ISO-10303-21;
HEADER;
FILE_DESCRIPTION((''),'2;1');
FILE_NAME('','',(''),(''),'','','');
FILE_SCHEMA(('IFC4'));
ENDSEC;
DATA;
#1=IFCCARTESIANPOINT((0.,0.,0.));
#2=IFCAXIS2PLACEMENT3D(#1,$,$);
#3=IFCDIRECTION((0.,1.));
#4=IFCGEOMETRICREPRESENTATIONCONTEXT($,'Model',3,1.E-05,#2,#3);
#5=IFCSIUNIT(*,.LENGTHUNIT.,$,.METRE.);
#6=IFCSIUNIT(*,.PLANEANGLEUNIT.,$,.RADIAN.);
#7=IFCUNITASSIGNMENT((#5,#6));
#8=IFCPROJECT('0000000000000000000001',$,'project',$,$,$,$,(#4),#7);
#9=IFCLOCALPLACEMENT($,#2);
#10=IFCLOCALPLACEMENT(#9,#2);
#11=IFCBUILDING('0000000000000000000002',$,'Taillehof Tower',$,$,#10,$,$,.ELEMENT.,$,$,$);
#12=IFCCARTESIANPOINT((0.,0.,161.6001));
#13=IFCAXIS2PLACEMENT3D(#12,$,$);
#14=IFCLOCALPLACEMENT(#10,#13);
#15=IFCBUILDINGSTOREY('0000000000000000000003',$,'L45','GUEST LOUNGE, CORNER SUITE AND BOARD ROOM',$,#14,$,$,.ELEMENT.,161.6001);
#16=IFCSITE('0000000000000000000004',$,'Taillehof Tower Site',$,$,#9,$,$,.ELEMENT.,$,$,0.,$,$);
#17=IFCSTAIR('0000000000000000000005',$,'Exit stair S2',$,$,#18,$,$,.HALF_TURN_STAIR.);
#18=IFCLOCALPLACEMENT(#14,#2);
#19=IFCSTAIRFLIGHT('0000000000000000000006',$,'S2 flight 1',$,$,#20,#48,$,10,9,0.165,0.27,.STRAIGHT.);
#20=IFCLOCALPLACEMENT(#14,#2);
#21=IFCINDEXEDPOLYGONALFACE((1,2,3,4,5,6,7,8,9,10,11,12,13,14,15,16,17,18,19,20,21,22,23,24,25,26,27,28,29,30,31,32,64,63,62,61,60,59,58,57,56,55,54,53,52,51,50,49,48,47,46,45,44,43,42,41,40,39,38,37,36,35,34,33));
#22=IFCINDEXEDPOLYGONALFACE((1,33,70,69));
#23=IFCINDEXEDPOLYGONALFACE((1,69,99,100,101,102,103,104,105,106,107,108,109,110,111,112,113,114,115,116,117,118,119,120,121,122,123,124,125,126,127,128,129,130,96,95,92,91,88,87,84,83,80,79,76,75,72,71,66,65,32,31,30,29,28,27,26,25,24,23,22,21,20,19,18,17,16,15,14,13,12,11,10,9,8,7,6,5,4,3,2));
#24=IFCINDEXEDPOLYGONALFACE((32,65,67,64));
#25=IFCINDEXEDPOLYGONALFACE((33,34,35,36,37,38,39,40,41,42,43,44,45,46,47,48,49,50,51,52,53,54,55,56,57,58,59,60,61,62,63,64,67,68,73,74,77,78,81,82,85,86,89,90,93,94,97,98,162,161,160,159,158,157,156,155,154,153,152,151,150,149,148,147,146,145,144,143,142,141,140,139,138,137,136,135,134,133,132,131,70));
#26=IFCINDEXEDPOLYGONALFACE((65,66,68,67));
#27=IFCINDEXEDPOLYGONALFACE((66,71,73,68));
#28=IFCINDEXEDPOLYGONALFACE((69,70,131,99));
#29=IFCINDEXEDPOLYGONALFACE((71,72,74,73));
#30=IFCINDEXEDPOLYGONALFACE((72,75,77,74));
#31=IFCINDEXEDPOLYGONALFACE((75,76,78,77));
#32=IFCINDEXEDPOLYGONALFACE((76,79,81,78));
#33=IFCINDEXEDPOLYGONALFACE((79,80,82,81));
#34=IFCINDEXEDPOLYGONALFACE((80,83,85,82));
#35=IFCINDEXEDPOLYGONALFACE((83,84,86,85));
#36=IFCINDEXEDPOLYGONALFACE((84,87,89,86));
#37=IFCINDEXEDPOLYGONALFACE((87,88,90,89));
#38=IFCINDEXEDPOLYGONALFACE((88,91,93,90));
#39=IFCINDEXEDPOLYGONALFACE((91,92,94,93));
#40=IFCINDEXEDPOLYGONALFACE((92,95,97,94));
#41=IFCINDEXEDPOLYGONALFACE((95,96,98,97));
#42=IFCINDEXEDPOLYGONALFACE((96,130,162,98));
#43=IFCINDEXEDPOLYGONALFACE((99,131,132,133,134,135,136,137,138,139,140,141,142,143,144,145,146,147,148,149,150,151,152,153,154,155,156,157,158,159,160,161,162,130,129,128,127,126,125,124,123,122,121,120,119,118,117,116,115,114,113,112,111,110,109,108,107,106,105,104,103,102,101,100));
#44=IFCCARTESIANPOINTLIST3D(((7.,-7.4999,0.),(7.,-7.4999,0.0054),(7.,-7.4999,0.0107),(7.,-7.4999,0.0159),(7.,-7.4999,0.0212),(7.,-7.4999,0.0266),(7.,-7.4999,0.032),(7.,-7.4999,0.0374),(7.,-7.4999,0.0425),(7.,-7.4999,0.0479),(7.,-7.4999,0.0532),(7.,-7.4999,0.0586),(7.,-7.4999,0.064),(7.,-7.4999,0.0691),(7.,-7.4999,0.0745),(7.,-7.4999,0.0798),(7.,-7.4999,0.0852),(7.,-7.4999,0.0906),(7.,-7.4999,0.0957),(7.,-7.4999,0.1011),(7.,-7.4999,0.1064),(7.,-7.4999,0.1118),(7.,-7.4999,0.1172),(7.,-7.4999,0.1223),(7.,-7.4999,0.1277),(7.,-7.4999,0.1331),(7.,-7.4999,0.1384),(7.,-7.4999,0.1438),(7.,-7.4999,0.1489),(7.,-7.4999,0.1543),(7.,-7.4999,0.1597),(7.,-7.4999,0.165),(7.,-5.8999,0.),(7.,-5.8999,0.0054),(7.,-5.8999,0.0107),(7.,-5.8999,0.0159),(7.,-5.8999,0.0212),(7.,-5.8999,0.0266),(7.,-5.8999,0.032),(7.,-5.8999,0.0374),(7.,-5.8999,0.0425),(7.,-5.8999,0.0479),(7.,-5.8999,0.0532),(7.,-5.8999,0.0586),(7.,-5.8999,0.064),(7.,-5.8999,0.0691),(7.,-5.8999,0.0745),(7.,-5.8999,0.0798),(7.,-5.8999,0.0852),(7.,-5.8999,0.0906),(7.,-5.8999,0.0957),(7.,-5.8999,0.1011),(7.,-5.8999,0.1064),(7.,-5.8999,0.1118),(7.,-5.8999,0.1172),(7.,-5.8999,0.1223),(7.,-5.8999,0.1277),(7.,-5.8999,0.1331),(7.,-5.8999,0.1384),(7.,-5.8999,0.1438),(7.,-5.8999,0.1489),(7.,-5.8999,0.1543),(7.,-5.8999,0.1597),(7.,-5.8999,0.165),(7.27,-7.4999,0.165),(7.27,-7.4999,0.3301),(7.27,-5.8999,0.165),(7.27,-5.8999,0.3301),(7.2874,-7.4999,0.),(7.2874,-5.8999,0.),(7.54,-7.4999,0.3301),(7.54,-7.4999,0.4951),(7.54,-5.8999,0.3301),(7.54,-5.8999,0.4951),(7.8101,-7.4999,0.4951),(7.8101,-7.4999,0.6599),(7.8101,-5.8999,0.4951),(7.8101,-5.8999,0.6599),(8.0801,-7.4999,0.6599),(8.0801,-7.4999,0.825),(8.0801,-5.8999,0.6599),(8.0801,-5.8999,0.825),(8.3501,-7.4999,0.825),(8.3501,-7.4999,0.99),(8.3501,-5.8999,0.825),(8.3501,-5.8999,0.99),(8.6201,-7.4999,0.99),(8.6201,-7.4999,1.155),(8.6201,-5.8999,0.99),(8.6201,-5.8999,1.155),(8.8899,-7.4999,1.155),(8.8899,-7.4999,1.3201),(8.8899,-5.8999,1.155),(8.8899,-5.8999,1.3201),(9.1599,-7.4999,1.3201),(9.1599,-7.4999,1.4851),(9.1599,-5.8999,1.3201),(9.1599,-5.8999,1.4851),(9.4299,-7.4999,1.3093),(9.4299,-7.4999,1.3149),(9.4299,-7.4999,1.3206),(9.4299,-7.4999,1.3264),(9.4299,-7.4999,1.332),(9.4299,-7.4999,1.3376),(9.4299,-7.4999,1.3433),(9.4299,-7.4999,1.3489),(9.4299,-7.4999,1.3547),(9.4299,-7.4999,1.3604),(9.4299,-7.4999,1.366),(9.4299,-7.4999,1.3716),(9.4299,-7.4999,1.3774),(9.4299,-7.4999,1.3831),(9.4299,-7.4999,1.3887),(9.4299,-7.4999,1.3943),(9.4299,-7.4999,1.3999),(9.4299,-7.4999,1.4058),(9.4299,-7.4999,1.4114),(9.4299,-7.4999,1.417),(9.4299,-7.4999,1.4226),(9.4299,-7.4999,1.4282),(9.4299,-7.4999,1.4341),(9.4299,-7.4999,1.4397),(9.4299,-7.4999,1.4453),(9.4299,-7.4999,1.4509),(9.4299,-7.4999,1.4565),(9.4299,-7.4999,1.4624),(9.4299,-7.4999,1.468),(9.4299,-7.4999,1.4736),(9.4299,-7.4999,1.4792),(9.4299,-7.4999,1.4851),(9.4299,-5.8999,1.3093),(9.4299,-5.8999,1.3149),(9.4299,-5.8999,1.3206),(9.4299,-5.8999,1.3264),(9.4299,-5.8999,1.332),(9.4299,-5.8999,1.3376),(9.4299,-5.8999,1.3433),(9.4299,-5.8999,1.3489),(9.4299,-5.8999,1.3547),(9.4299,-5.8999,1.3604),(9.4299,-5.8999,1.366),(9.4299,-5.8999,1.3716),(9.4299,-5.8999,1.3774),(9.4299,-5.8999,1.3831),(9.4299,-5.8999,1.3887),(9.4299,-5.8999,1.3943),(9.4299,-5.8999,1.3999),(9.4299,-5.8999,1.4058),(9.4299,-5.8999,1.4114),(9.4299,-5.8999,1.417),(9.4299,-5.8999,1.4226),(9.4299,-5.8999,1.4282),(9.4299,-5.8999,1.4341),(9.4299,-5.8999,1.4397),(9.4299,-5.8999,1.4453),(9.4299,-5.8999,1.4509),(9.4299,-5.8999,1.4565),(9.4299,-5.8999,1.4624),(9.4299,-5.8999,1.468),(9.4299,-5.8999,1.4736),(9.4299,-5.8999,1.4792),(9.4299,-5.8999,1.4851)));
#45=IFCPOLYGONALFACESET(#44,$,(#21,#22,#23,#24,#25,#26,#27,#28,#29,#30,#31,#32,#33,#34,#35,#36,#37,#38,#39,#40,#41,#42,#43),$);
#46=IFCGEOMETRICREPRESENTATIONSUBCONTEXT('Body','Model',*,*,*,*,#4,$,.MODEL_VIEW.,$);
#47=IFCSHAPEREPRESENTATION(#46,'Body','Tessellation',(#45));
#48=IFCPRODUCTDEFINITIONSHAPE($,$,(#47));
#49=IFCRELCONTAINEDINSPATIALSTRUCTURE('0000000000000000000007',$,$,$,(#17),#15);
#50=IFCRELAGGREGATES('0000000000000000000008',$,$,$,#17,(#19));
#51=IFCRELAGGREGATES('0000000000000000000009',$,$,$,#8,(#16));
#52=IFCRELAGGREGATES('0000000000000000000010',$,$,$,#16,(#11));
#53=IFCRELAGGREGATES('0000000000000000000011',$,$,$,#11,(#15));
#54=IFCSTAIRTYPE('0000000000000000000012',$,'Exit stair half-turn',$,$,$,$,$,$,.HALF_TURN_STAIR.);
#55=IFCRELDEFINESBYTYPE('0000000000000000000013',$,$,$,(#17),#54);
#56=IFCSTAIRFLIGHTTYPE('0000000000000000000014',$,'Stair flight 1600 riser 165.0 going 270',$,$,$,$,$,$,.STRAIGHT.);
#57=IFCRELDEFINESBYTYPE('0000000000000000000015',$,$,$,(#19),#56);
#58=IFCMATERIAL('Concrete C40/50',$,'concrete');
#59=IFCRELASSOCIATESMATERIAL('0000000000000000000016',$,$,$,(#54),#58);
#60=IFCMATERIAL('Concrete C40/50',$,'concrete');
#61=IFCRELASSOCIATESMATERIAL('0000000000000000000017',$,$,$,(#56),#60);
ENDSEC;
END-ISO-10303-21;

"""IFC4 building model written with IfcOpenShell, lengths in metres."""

from ifc_helpers import new_model, si_unit, direction, frame, origin, place, context, subcontext, project, spatial, polyline, outline, extrude, material, type_object, element, aggregate, save


model = new_model("IFC4")

# Units and contexts
model_context = context("Model", 3, precision=1e-05, world=origin(), true_north=direction((0.0, 1.0)))
body_context = subcontext(model_context, "Body", "Model", "MODEL_VIEW")
ifc_project = project(units=[si_unit("LENGTHUNIT", "METRE"), si_unit("PLANEANGLEUNIT", "RADIAN")], contexts=[model_context])

# Site, building, storey
site_placement = place(None, origin())
site = spatial("IfcSite", under=ifc_project, at=site_placement, Name="Taillehof Tower Site", CompositionType="ELEMENT", RefElevation=0.0)
building_placement = place(site_placement, origin())
building = spatial("IfcBuilding", under=site, at=building_placement, Name="Taillehof Tower", CompositionType="ELEMENT")
storey_placement = place(building_placement, frame((0.0, 0.0, 161.6001)))
storey = spatial("IfcBuildingStorey", under=building, at=storey_placement, Name="L45", Description="GUEST LOUNGE, CORNER SUITE AND BOARD ROOM", CompositionType="ELEMENT", Elevation=161.6001)

# Stair, stair flight
ifc_material_1 = material(Name="Concrete C40/50", Category="concrete")
stair_type = type_object("IfcStairType", Name="Exit stair half-turn", PredefinedType="HALF_TURN_STAIR", material=ifc_material_1)
stair_placement = place(storey_placement, origin())
stair = element("IfcStair", 1, at=stair_placement, inside=storey, type_object=stair_type, Name="Exit stair S2", PredefinedType="HALF_TURN_STAIR")
ifc_material_2 = material(Name="Concrete C40/50", Category="concrete")
stair_flight_type = type_object("IfcStairFlightType", Name="Stair flight 1600 riser 165.0 going 270", PredefinedType="STRAIGHT", material=ifc_material_2)
stair_flight_placement = place(storey_placement, frame((7.0, -6.7, 0.0), z_axis=(0.0, 0.0, 1.0), x_axis=(1.0, 0.0, 0.0)))
stair_flight = element("IfcStairFlight", 2, at=stair_flight_placement, type_object=stair_flight_type, Name="S2 flight 1", NumberOfRisers=10, NumberOfTreads=9, PredefinedType="STRAIGHT", RiserHeight=0.165, TreadLength=0.27, context=body_context, shape_type="SweptSolid", body=[
    extrude(outline(polyline([(0.0, 0.0), (0.0, 0.0054), (0.0, 0.0107), (0.0, 0.0159), (0.0, 0.0212), (0.0, 0.0266), (0.0, 0.032), (0.0, 0.0374), (0.0, 0.0425), (0.0, 0.0479), (0.0, 0.0532), (0.0, 0.0586), (0.0, 0.064), (0.0, 0.0691), (0.0, 0.0745), (0.0, 0.0798), (0.0, 0.0852), (0.0, 0.0906), (0.0, 0.0957), (0.0, 0.1011), (0.0, 0.1064), (0.0, 0.1118), (0.0, 0.1172), (0.0, 0.1223), (0.0, 0.1277), (0.0, 0.1331), (0.0, 0.1384), (0.0, 0.1438), (0.0, 0.1489), (0.0, 0.1543), (0.0, 0.1597), (0.0, 0.165), (0.27, 0.165), (0.27, 0.3301), (0.54, 0.3301), (0.54, 0.4951), (0.8101, 0.4951), (0.8101, 0.6599), (1.0801, 0.6599), (1.0801, 0.825), (1.3501, 0.825), (1.3501, 0.99), (1.6201, 0.99), (1.6201, 1.155), (1.8899, 1.155), (1.8899, 1.3201), (2.1599, 1.3201), (2.1599, 1.4851), (2.4299, 1.4851), (2.4299, 1.4792), (2.4299, 1.4736), (2.4299, 1.468), (2.4299, 1.4624), (2.4299, 1.4565), (2.4299, 1.4509), (2.4299, 1.4453), (2.4299, 1.4397), (2.4299, 1.4341), (2.4299, 1.4282), (2.4299, 1.4226), (2.4299, 1.417), (2.4299, 1.4114), (2.4299, 1.4058), (2.4299, 1.3999), (2.4299, 1.3943), (2.4299, 1.3887), (2.4299, 1.3831), (2.4299, 1.3774), (2.4299, 1.3716), (2.4299, 1.366), (2.4299, 1.3604), (2.4299, 1.3547), (2.4299, 1.3489), (2.4299, 1.3433), (2.4299, 1.3376), (2.4299, 1.332), (2.4299, 1.3264), (2.4299, 1.3206), (2.4299, 1.3149), (2.4299, 1.3093), (0.2874, 0.0), (0.0, 0.0)])), frame((0.0, 0.8, 0.0), z_axis=(0.0, -1.0, 0.0), x_axis=(1.0, 0.0, 0.0)), (0.0, 0.0, 1.0), 1.6),
])
aggregate(stair, [stair_flight])

save(model, "model.ifc")
